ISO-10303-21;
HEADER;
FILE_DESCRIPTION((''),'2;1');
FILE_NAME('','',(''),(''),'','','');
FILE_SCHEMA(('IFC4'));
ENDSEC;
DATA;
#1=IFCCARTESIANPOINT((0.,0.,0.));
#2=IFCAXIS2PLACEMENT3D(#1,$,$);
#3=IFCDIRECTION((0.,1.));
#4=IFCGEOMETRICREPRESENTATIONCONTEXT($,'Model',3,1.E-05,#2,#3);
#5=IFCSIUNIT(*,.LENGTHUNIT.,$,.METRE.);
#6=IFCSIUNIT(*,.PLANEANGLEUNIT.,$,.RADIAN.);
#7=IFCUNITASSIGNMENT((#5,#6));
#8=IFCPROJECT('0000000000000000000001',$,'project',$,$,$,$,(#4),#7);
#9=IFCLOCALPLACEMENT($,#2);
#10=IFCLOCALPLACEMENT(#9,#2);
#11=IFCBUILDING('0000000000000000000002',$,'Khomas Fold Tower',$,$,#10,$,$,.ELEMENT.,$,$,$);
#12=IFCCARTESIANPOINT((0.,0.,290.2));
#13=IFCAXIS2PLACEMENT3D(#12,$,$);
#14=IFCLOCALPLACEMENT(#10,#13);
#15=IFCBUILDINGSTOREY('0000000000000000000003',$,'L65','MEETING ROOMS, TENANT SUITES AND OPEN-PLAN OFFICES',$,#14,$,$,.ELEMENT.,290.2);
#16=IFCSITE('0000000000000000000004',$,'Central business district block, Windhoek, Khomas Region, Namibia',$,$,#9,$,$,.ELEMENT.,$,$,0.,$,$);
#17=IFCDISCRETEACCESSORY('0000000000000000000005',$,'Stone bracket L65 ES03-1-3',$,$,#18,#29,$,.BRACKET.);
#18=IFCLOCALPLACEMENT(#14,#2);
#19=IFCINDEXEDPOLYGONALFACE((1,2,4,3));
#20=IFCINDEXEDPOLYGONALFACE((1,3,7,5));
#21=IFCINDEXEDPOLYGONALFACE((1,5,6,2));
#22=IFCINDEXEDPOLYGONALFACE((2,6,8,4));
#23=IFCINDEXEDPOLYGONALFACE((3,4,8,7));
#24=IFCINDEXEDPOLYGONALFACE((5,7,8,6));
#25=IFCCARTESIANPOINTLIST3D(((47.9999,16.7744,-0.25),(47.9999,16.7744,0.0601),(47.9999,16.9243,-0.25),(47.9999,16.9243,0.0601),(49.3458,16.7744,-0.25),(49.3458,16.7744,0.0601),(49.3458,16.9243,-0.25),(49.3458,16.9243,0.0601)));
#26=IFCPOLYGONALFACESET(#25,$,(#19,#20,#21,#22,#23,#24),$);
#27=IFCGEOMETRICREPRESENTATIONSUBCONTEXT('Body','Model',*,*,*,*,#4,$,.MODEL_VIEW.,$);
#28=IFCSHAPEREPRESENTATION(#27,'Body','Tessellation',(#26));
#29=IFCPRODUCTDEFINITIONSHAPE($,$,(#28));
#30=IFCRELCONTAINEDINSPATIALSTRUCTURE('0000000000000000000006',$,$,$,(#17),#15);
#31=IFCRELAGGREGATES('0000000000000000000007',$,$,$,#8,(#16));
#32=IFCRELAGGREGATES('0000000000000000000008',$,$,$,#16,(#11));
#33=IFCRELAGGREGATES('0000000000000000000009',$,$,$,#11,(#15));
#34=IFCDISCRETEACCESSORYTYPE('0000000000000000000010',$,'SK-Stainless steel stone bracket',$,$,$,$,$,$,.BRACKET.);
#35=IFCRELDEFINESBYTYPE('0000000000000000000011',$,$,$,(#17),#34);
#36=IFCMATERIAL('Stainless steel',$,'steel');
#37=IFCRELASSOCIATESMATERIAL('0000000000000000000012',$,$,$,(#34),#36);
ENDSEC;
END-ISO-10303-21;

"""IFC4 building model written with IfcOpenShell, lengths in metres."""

from ifc_helpers import new_model, si_unit, direction, frame, origin, origin_2d, place, context, subcontext, project, spatial, rectangle, extrude, source, transform, mapped, material, type_object, element, save


model = new_model("IFC4")

# Units and contexts
model_context = context("Model", 3, precision=1e-05, world=origin(), true_north=direction((0.0, 1.0)))
body_context = subcontext(model_context, "Body", "Model", "MODEL_VIEW")
ifc_project = project(units=[si_unit("LENGTHUNIT", "METRE"), si_unit("PLANEANGLEUNIT", "RADIAN")], contexts=[model_context])

# Site, building, storey
site_placement = place(None, origin())
site = spatial("IfcSite", under=ifc_project, at=site_placement, Name="Central business district block, Windhoek, Khomas Region, Namibia", CompositionType="ELEMENT", RefElevation=0.0)
building_placement = place(site_placement, origin())
building = spatial("IfcBuilding", under=site, at=building_placement, Name="Khomas Fold Tower", CompositionType="ELEMENT")
storey_placement = place(building_placement, frame((0.0, 0.0, 290.2)))
storey = spatial("IfcBuildingStorey", under=building, at=storey_placement, Name="L65", Description="MEETING ROOMS, TENANT SUITES AND OPEN-PLAN OFFICES", CompositionType="ELEMENT", Elevation=290.2)

# Discrete accessory
ifc_material_1 = material(Name="Stainless steel", Category="steel")
discrete_accessory_type = type_object("IfcDiscreteAccessoryType", Name="SK-Stainless steel stone bracket", PredefinedType="BRACKET", material=ifc_material_1)
shared_shape_1 = source(origin(), body_context, "Body", "SweptSolid", [
    extrude(rectangle(XDim=1.3459, YDim=0.1499, at=origin_2d()), origin(), (0.0, 0.0, 1.0), 0.3101),
])
discrete_accessory_placement = place(storey_placement, frame((48.6729, 16.8494, -0.25), z_axis=(0.0, 0.0, 1.0), x_axis=(1.0, 0.0, 0.0)))
element("IfcDiscreteAccessory", 1, at=discrete_accessory_placement, inside=storey, type_object=discrete_accessory_type, Name="Stone bracket L65 ES03-1-3", PredefinedType="BRACKET", context=body_context, shape_type="MappedRepresentation", body=[
    mapped(shared_shape_1, transform((0.0, 0.0, 0.0))),
])

save(model, "model.ifc")
